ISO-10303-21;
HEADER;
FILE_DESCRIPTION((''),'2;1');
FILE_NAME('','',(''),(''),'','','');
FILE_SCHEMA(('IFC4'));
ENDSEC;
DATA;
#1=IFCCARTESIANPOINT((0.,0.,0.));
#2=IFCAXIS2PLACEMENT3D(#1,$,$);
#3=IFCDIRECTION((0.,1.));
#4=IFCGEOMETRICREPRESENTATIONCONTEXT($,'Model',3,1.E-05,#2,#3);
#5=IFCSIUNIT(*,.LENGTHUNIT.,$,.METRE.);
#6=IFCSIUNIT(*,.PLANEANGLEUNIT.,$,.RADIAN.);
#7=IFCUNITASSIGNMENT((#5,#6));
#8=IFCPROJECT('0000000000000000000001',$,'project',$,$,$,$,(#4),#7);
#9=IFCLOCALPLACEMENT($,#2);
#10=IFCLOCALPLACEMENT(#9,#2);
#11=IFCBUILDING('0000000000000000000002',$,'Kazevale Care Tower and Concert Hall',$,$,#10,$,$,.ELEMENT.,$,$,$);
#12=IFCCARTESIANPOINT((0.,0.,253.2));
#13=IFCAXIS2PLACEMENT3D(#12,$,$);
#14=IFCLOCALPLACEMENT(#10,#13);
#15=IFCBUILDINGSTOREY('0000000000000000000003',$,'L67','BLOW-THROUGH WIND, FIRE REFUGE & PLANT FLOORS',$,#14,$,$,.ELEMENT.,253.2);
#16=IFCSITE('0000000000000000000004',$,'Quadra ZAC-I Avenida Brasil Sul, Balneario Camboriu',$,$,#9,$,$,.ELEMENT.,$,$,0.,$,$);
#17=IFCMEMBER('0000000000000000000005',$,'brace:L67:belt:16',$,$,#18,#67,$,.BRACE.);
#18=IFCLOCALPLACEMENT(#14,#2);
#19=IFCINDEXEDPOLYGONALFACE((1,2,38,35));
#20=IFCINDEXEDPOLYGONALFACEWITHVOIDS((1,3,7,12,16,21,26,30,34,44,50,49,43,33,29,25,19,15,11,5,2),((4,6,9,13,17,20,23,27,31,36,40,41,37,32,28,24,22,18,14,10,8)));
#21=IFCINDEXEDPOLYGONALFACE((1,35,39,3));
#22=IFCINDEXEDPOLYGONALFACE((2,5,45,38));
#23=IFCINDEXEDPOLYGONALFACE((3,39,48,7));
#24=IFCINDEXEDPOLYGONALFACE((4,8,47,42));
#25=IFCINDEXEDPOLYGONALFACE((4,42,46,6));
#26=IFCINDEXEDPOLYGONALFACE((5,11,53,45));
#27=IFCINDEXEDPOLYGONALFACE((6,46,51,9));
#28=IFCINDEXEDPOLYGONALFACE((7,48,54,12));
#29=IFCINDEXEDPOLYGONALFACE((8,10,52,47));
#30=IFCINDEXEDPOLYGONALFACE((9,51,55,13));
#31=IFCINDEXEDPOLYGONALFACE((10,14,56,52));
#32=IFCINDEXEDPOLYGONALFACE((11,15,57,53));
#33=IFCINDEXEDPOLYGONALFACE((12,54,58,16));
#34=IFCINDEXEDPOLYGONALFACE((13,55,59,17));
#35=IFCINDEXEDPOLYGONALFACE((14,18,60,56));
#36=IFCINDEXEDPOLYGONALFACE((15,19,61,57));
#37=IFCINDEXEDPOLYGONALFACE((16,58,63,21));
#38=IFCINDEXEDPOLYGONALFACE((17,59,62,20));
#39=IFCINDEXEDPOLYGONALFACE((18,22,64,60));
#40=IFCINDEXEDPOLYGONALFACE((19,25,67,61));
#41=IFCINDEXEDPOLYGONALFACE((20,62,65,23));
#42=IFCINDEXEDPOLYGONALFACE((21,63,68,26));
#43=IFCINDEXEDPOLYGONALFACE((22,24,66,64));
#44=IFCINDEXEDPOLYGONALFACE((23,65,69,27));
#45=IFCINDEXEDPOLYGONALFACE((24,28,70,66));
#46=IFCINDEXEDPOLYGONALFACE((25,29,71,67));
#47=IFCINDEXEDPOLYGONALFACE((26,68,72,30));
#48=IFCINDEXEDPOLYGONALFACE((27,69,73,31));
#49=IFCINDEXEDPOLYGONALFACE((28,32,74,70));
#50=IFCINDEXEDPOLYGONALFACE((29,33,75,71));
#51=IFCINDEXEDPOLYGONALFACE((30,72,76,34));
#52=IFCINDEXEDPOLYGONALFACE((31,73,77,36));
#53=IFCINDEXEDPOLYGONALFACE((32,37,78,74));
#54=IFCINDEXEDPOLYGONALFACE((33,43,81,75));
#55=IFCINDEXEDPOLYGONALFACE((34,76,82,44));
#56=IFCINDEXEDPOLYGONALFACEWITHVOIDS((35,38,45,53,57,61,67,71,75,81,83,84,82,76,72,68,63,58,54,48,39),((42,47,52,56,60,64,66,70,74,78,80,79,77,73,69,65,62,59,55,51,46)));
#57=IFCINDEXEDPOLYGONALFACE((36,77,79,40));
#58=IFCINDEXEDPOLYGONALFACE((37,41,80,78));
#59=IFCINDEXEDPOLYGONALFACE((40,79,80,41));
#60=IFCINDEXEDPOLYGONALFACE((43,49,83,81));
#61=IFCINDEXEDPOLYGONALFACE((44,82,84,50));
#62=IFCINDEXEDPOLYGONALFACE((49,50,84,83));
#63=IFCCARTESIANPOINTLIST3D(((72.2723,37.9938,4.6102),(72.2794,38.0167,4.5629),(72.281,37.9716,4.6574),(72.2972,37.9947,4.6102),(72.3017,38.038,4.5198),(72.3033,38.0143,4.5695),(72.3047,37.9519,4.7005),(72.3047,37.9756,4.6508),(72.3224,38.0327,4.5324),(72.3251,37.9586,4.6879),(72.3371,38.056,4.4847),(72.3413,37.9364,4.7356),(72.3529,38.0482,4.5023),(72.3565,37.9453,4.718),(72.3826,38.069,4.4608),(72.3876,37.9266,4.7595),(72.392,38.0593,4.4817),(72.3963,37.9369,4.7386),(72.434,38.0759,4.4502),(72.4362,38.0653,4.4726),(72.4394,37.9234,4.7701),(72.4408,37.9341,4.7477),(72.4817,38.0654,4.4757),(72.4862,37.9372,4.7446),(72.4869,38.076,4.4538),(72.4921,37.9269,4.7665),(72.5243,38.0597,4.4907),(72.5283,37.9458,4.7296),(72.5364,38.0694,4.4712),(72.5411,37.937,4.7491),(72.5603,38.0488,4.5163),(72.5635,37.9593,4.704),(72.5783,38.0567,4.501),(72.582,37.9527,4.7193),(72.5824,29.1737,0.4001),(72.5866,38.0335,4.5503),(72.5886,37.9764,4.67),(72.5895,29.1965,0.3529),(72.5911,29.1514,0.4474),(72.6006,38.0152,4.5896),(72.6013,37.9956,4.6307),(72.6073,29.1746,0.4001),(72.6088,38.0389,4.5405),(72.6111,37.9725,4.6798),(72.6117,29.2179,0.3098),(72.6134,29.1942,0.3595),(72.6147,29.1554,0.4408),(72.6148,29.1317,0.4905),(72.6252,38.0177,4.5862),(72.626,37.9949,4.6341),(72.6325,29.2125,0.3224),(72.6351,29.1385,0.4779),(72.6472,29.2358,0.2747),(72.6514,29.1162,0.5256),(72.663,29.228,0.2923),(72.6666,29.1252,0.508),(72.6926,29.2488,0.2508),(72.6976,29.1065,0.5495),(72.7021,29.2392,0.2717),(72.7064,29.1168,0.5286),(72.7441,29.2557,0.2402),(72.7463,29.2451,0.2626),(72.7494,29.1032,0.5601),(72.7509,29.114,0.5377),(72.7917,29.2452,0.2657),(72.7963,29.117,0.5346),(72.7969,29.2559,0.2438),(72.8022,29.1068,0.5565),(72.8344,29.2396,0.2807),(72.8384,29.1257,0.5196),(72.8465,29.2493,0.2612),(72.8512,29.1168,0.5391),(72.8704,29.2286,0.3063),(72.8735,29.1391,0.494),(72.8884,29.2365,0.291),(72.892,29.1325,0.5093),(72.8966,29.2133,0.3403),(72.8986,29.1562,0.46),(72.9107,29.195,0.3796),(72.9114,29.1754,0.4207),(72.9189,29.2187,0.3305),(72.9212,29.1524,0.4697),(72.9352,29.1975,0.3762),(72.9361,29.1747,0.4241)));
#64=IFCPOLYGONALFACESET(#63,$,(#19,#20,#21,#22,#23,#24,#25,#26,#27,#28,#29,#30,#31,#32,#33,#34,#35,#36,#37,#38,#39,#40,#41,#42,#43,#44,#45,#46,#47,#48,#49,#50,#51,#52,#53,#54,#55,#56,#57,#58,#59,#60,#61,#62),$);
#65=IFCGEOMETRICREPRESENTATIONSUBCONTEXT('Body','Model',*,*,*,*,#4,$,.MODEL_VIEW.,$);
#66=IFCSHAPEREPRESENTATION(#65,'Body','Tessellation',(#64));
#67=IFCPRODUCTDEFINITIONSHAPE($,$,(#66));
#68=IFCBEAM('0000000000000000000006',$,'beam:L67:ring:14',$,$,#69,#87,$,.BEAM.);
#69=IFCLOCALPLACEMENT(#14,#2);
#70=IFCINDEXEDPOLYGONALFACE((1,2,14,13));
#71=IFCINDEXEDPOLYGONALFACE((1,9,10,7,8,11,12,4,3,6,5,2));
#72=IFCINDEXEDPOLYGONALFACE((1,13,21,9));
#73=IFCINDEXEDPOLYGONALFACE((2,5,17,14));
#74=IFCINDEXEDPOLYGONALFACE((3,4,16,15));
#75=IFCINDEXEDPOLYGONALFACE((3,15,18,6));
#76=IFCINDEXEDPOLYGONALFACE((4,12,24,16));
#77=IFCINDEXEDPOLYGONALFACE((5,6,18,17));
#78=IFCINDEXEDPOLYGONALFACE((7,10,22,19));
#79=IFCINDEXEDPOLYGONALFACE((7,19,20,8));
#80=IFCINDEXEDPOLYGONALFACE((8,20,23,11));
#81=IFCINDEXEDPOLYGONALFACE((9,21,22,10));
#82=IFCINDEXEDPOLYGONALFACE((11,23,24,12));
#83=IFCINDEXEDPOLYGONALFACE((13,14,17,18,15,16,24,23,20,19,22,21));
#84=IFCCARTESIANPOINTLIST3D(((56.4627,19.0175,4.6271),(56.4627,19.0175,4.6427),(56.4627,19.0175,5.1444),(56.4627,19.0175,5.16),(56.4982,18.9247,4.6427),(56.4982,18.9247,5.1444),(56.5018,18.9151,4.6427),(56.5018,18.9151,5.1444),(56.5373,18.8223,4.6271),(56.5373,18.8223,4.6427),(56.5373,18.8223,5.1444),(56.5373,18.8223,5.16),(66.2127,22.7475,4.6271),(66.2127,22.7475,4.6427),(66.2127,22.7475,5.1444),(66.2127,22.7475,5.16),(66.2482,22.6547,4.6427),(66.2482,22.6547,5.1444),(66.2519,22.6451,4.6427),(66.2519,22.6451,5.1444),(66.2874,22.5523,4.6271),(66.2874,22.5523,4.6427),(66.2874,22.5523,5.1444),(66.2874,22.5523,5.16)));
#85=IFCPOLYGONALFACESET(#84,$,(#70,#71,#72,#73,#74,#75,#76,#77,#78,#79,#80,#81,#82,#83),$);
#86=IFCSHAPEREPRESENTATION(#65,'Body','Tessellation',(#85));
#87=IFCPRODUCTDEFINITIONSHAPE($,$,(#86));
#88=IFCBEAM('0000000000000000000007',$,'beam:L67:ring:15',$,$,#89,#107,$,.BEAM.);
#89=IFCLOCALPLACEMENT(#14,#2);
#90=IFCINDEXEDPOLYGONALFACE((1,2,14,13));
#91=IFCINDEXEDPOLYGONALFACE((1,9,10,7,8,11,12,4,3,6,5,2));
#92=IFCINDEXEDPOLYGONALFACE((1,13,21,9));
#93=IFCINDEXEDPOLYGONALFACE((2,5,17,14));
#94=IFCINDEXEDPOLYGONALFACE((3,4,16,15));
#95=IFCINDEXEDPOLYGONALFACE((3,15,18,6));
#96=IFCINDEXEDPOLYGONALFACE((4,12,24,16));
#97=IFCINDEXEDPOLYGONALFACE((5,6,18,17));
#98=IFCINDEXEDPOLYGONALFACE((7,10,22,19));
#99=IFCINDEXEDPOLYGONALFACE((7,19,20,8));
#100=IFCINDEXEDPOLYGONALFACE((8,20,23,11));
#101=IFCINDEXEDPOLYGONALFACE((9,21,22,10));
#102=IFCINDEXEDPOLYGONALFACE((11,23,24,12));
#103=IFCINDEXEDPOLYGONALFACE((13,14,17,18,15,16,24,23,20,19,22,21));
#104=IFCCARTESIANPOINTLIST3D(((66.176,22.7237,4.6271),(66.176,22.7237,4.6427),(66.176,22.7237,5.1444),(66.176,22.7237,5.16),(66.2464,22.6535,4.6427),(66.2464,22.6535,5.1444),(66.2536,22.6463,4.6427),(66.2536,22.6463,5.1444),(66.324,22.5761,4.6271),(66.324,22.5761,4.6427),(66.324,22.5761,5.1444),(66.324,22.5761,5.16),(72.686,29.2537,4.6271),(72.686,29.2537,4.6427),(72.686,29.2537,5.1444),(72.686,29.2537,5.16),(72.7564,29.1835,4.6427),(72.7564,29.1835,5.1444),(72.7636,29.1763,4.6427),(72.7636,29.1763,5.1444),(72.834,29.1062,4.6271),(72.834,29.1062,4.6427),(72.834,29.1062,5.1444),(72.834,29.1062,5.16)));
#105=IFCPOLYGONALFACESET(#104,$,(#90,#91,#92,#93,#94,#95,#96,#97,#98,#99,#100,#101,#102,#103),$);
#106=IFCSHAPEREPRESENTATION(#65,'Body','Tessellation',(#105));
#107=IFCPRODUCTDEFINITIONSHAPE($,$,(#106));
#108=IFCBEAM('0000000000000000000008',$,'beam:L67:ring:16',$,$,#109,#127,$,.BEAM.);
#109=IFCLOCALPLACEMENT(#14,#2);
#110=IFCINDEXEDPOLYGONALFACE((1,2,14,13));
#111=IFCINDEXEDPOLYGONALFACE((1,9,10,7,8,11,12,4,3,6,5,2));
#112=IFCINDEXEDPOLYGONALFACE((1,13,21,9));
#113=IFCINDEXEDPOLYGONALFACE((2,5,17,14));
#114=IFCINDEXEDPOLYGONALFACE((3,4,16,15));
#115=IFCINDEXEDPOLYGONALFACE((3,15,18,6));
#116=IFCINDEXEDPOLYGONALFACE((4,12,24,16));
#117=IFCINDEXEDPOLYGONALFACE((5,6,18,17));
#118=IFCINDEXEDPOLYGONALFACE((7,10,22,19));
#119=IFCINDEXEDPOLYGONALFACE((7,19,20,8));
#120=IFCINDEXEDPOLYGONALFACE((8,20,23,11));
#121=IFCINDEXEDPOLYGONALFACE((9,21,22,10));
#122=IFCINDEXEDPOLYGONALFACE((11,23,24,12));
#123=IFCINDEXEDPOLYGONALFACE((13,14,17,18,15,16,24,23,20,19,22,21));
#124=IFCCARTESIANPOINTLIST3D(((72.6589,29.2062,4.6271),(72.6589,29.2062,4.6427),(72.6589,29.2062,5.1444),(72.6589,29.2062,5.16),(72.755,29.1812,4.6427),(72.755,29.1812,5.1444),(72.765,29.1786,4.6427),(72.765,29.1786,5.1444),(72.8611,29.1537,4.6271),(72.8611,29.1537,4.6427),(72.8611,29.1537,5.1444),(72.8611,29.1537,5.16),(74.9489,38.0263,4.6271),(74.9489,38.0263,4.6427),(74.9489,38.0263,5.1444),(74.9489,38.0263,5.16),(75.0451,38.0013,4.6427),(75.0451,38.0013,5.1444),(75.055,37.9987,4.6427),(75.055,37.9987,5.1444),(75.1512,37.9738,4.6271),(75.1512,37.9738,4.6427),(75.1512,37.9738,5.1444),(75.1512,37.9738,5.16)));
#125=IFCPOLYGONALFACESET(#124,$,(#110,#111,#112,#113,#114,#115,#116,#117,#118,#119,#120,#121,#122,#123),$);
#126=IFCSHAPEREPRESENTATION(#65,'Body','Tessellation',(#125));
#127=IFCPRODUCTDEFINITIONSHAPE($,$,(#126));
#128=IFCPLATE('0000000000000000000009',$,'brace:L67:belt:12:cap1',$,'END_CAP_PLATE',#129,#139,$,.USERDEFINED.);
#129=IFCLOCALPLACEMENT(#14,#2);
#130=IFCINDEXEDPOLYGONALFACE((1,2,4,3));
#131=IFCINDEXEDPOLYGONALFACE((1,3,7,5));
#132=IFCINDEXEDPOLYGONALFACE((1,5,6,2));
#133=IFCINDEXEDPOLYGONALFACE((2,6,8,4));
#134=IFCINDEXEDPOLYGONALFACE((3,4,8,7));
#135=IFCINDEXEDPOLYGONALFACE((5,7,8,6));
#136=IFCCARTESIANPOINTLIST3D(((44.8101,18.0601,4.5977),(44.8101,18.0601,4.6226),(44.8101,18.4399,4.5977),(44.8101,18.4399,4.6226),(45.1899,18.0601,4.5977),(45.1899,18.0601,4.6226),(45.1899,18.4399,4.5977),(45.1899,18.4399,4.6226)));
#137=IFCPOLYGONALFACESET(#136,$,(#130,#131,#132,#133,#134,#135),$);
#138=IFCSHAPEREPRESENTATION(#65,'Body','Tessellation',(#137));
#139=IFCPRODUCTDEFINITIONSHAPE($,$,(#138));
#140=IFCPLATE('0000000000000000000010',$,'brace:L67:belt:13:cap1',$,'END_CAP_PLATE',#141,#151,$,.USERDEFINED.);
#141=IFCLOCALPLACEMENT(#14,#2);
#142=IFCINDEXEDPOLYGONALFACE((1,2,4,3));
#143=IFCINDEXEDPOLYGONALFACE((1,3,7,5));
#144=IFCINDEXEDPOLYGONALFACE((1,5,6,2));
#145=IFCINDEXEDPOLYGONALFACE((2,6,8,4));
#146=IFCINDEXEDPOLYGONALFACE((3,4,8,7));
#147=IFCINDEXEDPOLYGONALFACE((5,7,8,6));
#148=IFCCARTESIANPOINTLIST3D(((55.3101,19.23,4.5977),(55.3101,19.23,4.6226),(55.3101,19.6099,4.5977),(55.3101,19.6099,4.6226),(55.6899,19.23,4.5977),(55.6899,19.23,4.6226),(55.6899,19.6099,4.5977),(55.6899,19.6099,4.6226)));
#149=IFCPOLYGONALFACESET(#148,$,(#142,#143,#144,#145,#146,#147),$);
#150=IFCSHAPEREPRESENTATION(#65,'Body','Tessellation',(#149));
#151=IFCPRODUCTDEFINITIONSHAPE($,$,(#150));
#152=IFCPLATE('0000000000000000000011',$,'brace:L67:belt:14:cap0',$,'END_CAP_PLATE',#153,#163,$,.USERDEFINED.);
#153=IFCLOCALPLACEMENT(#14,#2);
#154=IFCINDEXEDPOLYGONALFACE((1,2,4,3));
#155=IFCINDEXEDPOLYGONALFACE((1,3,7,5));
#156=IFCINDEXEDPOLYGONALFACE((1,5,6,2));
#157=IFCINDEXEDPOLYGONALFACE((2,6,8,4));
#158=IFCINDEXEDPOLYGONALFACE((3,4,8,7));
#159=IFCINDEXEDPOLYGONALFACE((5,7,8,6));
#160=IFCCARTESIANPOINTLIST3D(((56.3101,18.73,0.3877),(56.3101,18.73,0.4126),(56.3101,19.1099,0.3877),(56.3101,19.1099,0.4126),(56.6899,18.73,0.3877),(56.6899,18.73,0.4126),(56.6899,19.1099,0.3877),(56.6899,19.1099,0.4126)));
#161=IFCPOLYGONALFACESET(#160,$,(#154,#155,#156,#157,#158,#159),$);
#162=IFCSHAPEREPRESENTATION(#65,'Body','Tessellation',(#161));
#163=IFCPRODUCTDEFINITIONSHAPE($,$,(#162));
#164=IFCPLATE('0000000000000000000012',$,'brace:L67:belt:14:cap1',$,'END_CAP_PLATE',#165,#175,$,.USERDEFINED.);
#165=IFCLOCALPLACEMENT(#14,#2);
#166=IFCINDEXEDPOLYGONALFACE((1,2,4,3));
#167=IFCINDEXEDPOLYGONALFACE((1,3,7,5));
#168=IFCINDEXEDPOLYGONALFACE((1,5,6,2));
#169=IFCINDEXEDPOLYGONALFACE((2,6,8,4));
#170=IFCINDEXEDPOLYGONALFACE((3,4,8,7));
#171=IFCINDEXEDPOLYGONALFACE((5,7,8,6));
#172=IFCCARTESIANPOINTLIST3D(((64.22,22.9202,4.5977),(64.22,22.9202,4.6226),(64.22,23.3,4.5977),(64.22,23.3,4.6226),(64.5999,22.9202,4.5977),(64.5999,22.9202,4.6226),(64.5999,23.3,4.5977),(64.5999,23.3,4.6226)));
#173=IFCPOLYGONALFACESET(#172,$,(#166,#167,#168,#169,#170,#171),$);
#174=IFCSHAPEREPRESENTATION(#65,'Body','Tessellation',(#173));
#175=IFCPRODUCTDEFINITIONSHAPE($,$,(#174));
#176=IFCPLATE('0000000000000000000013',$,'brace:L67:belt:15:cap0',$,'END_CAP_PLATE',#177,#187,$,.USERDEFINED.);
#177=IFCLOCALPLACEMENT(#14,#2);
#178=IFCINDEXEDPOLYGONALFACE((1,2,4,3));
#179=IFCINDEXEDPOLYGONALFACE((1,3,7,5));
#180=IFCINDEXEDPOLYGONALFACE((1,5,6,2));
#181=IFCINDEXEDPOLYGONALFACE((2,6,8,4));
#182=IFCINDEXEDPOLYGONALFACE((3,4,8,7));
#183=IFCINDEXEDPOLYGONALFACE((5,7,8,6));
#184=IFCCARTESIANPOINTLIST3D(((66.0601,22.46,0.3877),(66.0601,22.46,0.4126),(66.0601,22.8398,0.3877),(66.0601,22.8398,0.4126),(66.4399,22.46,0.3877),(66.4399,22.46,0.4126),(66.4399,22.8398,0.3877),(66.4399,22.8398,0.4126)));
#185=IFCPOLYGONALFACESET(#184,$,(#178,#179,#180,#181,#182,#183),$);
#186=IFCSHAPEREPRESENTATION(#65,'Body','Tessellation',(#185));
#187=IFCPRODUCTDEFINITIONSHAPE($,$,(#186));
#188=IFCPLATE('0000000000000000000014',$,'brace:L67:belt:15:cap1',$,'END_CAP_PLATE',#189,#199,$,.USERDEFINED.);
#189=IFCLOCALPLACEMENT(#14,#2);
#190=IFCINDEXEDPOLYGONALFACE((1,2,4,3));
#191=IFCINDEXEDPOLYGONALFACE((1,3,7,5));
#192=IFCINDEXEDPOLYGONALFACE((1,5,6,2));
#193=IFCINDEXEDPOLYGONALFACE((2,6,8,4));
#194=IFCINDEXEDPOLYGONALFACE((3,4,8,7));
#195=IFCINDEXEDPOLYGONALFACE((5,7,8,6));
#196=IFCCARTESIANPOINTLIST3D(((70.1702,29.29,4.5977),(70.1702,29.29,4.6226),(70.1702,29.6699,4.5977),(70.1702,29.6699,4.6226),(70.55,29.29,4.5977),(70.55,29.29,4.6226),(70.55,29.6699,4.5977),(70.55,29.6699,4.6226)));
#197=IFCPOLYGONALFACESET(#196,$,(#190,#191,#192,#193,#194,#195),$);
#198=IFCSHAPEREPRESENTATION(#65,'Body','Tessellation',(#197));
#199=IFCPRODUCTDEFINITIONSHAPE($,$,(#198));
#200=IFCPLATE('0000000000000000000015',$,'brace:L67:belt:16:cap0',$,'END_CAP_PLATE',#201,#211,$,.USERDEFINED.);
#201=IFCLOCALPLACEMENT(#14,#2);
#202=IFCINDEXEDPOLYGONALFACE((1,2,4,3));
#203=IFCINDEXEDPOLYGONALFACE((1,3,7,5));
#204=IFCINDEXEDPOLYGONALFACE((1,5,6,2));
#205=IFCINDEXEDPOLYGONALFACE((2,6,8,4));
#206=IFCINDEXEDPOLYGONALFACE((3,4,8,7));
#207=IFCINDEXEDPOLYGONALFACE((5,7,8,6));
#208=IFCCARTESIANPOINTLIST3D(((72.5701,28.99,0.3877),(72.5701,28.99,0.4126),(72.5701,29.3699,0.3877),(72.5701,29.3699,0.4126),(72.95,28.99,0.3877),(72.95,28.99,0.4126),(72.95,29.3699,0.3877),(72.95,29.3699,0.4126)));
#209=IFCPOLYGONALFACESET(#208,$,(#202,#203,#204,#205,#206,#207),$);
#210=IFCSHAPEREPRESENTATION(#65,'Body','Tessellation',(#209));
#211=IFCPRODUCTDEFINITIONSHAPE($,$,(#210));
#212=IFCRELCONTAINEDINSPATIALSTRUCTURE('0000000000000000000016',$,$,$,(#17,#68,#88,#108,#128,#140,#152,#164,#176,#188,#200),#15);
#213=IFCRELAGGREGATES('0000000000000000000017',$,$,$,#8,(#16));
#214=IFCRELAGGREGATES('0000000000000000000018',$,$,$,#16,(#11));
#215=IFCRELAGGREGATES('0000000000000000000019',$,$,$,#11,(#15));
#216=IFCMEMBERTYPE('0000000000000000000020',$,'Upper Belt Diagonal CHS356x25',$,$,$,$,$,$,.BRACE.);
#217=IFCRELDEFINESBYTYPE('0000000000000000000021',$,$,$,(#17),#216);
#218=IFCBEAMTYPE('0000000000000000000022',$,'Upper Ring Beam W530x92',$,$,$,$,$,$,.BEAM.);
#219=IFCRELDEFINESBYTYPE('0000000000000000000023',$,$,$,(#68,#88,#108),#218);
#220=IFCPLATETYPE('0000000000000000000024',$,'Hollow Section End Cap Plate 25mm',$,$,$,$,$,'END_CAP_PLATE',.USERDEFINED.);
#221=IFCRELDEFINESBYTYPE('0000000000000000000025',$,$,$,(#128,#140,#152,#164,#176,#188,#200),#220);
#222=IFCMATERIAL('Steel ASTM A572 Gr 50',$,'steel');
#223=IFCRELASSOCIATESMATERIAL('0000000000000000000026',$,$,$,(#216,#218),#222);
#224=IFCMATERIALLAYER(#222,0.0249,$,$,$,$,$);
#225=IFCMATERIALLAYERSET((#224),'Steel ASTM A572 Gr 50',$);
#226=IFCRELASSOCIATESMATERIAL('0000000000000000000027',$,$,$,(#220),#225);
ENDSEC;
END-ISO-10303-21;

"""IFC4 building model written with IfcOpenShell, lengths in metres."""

from ifc_helpers import new_model, si_unit, direction, frame, origin, origin_2d, place, context, subcontext, project, spatial, rectangle, hollow_circle, i_section, extrude, material, layer, layer_set, material_profile, profile_set, type_object, element, save


model = new_model("IFC4")

# Units and contexts
model_context = context("Model", 3, precision=1e-05, world=origin(), true_north=direction((0.0, 1.0)))
body_context = subcontext(model_context, "Body", "Model", "MODEL_VIEW")
ifc_project = project(units=[si_unit("LENGTHUNIT", "METRE"), si_unit("PLANEANGLEUNIT", "RADIAN")], contexts=[model_context])

# Site, building, storey
site_placement = place(None, origin())
site = spatial("IfcSite", under=ifc_project, at=site_placement, Name="Quadra ZAC-I Avenida Brasil Sul, Balneario Camboriu", CompositionType="ELEMENT", RefElevation=0.0)
building_placement = place(site_placement, origin())
building = spatial("IfcBuilding", under=site, at=building_placement, Name="Kazevale Care Tower and Concert Hall", CompositionType="ELEMENT")
storey_placement = place(building_placement, frame((0.0, 0.0, 253.2)))
storey = spatial("IfcBuildingStorey", under=building, at=storey_placement, Name="L67", Description="BLOW-THROUGH WIND, FIRE REFUGE & PLANT FLOORS", CompositionType="ELEMENT", Elevation=253.2)

# Shared definitions
ifc_material_1 = material(Name="Steel ASTM A572 Gr 50", Category="steel")

# Member
ifc_material_profile_1 = material_profile(ifc_material_1, hollow_circle(Radius=0.1777, WallThickness=0.0249, at=origin_2d()), Name="CHS356x25")
ifc_profile_set_1 = profile_set([ifc_material_profile_1], Name="Steel ASTM A572 Gr 50")
member_type = type_object("IfcMemberType", Name="Upper Belt Diagonal CHS356x25", PredefinedType="BRACE", material=ifc_profile_set_1)
member_1_placement = place(storey_placement, frame((72.76, 29.1799, 0.4001), z_axis=(-0.031709, 0.902012, 0.430545), x_axis=(-0.999383, -0.035132, 0.0)))
element("IfcMember", 1, at=member_1_placement, inside=storey, type_object=member_type, Name="brace:L67:belt:16", PredefinedType="BRACE", context=body_context, shape_type="SweptSolid", body=[
    extrude(hollow_circle(Radius=0.1777, WallThickness=0.0249, at=origin_2d()), origin(), (0.0, 0.0, 1.0), 9.7783),
])

# Beams
ifc_material_profile_2 = material_profile(ifc_material_1, i_section(OverallWidth=0.209, OverallDepth=0.533, WebThickness=0.0103, FlangeThickness=0.0156, at=origin_2d()), Name="W530x92")
ifc_profile_set_2 = profile_set([ifc_material_profile_2], Name="Steel ASTM A572 Gr 50")
beam_type_1 = type_object("IfcBeamType", Name="Upper Ring Beam W530x92", PredefinedType="BEAM", material=ifc_profile_set_2)
beam_1_placement = place(storey_placement, frame((56.5, 18.9199, 4.8936), z_axis=(0.933987, 0.357308, 0.0), x_axis=(-0.357308, 0.933987, 0.0)))
element("IfcBeam", 2, at=beam_1_placement, inside=storey, type_object=beam_type_1, Name="beam:L67:ring:14", PredefinedType="BEAM", context=body_context, shape_type="SweptSolid", body=[
    extrude(i_section(OverallWidth=0.209, OverallDepth=0.533, WebThickness=0.0103, FlangeThickness=0.0156, at=origin_2d()), origin(), (0.0, 0.0, 1.0), 10.4392),
])
beam_2_placement = place(storey_placement, frame((66.25, 22.6499, 4.8936), z_axis=(0.70602, 0.708192, 0.0), x_axis=(-0.708192, 0.70602, 0.0)))
element("IfcBeam", 3, at=beam_2_placement, inside=storey, type_object=beam_type_1, Name="beam:L67:ring:15", PredefinedType="BEAM", context=body_context, shape_type="SweptSolid", body=[
    extrude(i_section(OverallWidth=0.209, OverallDepth=0.533, WebThickness=0.0103, FlangeThickness=0.0156, at=origin_2d()), origin(), (0.0, 0.0, 1.0), 9.2207),
])
beam_3_placement = place(storey_placement, frame((72.76, 29.1799, 4.8936), z_axis=(0.251307, 0.967907, 0.0), x_axis=(-0.967907, 0.251307, 0.0)))
element("IfcBeam", 4, at=beam_3_placement, inside=storey, type_object=beam_type_1, Name="beam:L67:ring:16", PredefinedType="BEAM", context=body_context, shape_type="SweptSolid", body=[
    extrude(i_section(OverallWidth=0.209, OverallDepth=0.533, WebThickness=0.0103, FlangeThickness=0.0156, at=origin_2d()), origin(), (0.0, 0.0, 1.0), 9.1125),
])

# Plates
ifc_layer_1 = layer(ifc_material_1, 0.0249)
ifc_layer_set_1 = layer_set([ifc_layer_1], Name="Steel ASTM A572 Gr 50")
plate_type_1 = type_object("IfcPlateType", Name="Hollow Section End Cap Plate 25mm", ElementType="END_CAP_PLATE", PredefinedType="USERDEFINED", material=ifc_layer_set_1)
for number, where, z_axis, x_axis, name in (
    (5, (45.0, 18.25, 4.5977), (0.0, 0.0, 1.0), (1.0, 0.0, 0.0), "brace:L67:belt:12:cap1"),
    (6, (55.5, 19.4199, 4.5977), (0.0, 0.0, 1.0), (1.0, 0.0, 0.0), "brace:L67:belt:13:cap1"),
    (7, (56.5, 18.9199, 0.3877), (0.0, 0.0, 1.0), (1.0, 0.0, 0.0), "brace:L67:belt:14:cap0"),
    (8, (64.4099, 23.1101, 4.5977), (0.0, 0.0, 1.0), (1.0, 0.0, 0.0), "brace:L67:belt:14:cap1"),
    (9, (66.25, 22.6499, 0.3877), (0.0, 0.0, 1.0), (1.0, 0.0, 0.0), "brace:L67:belt:15:cap0"),
    (10, (70.3601, 29.48, 4.5977), (0.0, 0.0, 1.0), (1.0, 0.0, 0.0), "brace:L67:belt:15:cap1"),
    (11, (72.76, 29.1799, 0.3877), (0.0, 0.0, 1.0), (1.0, 0.0, 0.0), "brace:L67:belt:16:cap0"),
):
    element("IfcPlate", number, at=place(storey_placement, frame(where, z_axis=z_axis, x_axis=x_axis)), inside=storey, type_object=plate_type_1, Name=name, ObjectType="END_CAP_PLATE", PredefinedType="USERDEFINED", context=body_context, shape_type="SweptSolid", body=[
        extrude(rectangle(XDim=0.3799, YDim=0.3799, at=origin_2d()), origin(), (0.0, 0.0, 1.0), 0.0249),
    ])

save(model, "model.ifc")
